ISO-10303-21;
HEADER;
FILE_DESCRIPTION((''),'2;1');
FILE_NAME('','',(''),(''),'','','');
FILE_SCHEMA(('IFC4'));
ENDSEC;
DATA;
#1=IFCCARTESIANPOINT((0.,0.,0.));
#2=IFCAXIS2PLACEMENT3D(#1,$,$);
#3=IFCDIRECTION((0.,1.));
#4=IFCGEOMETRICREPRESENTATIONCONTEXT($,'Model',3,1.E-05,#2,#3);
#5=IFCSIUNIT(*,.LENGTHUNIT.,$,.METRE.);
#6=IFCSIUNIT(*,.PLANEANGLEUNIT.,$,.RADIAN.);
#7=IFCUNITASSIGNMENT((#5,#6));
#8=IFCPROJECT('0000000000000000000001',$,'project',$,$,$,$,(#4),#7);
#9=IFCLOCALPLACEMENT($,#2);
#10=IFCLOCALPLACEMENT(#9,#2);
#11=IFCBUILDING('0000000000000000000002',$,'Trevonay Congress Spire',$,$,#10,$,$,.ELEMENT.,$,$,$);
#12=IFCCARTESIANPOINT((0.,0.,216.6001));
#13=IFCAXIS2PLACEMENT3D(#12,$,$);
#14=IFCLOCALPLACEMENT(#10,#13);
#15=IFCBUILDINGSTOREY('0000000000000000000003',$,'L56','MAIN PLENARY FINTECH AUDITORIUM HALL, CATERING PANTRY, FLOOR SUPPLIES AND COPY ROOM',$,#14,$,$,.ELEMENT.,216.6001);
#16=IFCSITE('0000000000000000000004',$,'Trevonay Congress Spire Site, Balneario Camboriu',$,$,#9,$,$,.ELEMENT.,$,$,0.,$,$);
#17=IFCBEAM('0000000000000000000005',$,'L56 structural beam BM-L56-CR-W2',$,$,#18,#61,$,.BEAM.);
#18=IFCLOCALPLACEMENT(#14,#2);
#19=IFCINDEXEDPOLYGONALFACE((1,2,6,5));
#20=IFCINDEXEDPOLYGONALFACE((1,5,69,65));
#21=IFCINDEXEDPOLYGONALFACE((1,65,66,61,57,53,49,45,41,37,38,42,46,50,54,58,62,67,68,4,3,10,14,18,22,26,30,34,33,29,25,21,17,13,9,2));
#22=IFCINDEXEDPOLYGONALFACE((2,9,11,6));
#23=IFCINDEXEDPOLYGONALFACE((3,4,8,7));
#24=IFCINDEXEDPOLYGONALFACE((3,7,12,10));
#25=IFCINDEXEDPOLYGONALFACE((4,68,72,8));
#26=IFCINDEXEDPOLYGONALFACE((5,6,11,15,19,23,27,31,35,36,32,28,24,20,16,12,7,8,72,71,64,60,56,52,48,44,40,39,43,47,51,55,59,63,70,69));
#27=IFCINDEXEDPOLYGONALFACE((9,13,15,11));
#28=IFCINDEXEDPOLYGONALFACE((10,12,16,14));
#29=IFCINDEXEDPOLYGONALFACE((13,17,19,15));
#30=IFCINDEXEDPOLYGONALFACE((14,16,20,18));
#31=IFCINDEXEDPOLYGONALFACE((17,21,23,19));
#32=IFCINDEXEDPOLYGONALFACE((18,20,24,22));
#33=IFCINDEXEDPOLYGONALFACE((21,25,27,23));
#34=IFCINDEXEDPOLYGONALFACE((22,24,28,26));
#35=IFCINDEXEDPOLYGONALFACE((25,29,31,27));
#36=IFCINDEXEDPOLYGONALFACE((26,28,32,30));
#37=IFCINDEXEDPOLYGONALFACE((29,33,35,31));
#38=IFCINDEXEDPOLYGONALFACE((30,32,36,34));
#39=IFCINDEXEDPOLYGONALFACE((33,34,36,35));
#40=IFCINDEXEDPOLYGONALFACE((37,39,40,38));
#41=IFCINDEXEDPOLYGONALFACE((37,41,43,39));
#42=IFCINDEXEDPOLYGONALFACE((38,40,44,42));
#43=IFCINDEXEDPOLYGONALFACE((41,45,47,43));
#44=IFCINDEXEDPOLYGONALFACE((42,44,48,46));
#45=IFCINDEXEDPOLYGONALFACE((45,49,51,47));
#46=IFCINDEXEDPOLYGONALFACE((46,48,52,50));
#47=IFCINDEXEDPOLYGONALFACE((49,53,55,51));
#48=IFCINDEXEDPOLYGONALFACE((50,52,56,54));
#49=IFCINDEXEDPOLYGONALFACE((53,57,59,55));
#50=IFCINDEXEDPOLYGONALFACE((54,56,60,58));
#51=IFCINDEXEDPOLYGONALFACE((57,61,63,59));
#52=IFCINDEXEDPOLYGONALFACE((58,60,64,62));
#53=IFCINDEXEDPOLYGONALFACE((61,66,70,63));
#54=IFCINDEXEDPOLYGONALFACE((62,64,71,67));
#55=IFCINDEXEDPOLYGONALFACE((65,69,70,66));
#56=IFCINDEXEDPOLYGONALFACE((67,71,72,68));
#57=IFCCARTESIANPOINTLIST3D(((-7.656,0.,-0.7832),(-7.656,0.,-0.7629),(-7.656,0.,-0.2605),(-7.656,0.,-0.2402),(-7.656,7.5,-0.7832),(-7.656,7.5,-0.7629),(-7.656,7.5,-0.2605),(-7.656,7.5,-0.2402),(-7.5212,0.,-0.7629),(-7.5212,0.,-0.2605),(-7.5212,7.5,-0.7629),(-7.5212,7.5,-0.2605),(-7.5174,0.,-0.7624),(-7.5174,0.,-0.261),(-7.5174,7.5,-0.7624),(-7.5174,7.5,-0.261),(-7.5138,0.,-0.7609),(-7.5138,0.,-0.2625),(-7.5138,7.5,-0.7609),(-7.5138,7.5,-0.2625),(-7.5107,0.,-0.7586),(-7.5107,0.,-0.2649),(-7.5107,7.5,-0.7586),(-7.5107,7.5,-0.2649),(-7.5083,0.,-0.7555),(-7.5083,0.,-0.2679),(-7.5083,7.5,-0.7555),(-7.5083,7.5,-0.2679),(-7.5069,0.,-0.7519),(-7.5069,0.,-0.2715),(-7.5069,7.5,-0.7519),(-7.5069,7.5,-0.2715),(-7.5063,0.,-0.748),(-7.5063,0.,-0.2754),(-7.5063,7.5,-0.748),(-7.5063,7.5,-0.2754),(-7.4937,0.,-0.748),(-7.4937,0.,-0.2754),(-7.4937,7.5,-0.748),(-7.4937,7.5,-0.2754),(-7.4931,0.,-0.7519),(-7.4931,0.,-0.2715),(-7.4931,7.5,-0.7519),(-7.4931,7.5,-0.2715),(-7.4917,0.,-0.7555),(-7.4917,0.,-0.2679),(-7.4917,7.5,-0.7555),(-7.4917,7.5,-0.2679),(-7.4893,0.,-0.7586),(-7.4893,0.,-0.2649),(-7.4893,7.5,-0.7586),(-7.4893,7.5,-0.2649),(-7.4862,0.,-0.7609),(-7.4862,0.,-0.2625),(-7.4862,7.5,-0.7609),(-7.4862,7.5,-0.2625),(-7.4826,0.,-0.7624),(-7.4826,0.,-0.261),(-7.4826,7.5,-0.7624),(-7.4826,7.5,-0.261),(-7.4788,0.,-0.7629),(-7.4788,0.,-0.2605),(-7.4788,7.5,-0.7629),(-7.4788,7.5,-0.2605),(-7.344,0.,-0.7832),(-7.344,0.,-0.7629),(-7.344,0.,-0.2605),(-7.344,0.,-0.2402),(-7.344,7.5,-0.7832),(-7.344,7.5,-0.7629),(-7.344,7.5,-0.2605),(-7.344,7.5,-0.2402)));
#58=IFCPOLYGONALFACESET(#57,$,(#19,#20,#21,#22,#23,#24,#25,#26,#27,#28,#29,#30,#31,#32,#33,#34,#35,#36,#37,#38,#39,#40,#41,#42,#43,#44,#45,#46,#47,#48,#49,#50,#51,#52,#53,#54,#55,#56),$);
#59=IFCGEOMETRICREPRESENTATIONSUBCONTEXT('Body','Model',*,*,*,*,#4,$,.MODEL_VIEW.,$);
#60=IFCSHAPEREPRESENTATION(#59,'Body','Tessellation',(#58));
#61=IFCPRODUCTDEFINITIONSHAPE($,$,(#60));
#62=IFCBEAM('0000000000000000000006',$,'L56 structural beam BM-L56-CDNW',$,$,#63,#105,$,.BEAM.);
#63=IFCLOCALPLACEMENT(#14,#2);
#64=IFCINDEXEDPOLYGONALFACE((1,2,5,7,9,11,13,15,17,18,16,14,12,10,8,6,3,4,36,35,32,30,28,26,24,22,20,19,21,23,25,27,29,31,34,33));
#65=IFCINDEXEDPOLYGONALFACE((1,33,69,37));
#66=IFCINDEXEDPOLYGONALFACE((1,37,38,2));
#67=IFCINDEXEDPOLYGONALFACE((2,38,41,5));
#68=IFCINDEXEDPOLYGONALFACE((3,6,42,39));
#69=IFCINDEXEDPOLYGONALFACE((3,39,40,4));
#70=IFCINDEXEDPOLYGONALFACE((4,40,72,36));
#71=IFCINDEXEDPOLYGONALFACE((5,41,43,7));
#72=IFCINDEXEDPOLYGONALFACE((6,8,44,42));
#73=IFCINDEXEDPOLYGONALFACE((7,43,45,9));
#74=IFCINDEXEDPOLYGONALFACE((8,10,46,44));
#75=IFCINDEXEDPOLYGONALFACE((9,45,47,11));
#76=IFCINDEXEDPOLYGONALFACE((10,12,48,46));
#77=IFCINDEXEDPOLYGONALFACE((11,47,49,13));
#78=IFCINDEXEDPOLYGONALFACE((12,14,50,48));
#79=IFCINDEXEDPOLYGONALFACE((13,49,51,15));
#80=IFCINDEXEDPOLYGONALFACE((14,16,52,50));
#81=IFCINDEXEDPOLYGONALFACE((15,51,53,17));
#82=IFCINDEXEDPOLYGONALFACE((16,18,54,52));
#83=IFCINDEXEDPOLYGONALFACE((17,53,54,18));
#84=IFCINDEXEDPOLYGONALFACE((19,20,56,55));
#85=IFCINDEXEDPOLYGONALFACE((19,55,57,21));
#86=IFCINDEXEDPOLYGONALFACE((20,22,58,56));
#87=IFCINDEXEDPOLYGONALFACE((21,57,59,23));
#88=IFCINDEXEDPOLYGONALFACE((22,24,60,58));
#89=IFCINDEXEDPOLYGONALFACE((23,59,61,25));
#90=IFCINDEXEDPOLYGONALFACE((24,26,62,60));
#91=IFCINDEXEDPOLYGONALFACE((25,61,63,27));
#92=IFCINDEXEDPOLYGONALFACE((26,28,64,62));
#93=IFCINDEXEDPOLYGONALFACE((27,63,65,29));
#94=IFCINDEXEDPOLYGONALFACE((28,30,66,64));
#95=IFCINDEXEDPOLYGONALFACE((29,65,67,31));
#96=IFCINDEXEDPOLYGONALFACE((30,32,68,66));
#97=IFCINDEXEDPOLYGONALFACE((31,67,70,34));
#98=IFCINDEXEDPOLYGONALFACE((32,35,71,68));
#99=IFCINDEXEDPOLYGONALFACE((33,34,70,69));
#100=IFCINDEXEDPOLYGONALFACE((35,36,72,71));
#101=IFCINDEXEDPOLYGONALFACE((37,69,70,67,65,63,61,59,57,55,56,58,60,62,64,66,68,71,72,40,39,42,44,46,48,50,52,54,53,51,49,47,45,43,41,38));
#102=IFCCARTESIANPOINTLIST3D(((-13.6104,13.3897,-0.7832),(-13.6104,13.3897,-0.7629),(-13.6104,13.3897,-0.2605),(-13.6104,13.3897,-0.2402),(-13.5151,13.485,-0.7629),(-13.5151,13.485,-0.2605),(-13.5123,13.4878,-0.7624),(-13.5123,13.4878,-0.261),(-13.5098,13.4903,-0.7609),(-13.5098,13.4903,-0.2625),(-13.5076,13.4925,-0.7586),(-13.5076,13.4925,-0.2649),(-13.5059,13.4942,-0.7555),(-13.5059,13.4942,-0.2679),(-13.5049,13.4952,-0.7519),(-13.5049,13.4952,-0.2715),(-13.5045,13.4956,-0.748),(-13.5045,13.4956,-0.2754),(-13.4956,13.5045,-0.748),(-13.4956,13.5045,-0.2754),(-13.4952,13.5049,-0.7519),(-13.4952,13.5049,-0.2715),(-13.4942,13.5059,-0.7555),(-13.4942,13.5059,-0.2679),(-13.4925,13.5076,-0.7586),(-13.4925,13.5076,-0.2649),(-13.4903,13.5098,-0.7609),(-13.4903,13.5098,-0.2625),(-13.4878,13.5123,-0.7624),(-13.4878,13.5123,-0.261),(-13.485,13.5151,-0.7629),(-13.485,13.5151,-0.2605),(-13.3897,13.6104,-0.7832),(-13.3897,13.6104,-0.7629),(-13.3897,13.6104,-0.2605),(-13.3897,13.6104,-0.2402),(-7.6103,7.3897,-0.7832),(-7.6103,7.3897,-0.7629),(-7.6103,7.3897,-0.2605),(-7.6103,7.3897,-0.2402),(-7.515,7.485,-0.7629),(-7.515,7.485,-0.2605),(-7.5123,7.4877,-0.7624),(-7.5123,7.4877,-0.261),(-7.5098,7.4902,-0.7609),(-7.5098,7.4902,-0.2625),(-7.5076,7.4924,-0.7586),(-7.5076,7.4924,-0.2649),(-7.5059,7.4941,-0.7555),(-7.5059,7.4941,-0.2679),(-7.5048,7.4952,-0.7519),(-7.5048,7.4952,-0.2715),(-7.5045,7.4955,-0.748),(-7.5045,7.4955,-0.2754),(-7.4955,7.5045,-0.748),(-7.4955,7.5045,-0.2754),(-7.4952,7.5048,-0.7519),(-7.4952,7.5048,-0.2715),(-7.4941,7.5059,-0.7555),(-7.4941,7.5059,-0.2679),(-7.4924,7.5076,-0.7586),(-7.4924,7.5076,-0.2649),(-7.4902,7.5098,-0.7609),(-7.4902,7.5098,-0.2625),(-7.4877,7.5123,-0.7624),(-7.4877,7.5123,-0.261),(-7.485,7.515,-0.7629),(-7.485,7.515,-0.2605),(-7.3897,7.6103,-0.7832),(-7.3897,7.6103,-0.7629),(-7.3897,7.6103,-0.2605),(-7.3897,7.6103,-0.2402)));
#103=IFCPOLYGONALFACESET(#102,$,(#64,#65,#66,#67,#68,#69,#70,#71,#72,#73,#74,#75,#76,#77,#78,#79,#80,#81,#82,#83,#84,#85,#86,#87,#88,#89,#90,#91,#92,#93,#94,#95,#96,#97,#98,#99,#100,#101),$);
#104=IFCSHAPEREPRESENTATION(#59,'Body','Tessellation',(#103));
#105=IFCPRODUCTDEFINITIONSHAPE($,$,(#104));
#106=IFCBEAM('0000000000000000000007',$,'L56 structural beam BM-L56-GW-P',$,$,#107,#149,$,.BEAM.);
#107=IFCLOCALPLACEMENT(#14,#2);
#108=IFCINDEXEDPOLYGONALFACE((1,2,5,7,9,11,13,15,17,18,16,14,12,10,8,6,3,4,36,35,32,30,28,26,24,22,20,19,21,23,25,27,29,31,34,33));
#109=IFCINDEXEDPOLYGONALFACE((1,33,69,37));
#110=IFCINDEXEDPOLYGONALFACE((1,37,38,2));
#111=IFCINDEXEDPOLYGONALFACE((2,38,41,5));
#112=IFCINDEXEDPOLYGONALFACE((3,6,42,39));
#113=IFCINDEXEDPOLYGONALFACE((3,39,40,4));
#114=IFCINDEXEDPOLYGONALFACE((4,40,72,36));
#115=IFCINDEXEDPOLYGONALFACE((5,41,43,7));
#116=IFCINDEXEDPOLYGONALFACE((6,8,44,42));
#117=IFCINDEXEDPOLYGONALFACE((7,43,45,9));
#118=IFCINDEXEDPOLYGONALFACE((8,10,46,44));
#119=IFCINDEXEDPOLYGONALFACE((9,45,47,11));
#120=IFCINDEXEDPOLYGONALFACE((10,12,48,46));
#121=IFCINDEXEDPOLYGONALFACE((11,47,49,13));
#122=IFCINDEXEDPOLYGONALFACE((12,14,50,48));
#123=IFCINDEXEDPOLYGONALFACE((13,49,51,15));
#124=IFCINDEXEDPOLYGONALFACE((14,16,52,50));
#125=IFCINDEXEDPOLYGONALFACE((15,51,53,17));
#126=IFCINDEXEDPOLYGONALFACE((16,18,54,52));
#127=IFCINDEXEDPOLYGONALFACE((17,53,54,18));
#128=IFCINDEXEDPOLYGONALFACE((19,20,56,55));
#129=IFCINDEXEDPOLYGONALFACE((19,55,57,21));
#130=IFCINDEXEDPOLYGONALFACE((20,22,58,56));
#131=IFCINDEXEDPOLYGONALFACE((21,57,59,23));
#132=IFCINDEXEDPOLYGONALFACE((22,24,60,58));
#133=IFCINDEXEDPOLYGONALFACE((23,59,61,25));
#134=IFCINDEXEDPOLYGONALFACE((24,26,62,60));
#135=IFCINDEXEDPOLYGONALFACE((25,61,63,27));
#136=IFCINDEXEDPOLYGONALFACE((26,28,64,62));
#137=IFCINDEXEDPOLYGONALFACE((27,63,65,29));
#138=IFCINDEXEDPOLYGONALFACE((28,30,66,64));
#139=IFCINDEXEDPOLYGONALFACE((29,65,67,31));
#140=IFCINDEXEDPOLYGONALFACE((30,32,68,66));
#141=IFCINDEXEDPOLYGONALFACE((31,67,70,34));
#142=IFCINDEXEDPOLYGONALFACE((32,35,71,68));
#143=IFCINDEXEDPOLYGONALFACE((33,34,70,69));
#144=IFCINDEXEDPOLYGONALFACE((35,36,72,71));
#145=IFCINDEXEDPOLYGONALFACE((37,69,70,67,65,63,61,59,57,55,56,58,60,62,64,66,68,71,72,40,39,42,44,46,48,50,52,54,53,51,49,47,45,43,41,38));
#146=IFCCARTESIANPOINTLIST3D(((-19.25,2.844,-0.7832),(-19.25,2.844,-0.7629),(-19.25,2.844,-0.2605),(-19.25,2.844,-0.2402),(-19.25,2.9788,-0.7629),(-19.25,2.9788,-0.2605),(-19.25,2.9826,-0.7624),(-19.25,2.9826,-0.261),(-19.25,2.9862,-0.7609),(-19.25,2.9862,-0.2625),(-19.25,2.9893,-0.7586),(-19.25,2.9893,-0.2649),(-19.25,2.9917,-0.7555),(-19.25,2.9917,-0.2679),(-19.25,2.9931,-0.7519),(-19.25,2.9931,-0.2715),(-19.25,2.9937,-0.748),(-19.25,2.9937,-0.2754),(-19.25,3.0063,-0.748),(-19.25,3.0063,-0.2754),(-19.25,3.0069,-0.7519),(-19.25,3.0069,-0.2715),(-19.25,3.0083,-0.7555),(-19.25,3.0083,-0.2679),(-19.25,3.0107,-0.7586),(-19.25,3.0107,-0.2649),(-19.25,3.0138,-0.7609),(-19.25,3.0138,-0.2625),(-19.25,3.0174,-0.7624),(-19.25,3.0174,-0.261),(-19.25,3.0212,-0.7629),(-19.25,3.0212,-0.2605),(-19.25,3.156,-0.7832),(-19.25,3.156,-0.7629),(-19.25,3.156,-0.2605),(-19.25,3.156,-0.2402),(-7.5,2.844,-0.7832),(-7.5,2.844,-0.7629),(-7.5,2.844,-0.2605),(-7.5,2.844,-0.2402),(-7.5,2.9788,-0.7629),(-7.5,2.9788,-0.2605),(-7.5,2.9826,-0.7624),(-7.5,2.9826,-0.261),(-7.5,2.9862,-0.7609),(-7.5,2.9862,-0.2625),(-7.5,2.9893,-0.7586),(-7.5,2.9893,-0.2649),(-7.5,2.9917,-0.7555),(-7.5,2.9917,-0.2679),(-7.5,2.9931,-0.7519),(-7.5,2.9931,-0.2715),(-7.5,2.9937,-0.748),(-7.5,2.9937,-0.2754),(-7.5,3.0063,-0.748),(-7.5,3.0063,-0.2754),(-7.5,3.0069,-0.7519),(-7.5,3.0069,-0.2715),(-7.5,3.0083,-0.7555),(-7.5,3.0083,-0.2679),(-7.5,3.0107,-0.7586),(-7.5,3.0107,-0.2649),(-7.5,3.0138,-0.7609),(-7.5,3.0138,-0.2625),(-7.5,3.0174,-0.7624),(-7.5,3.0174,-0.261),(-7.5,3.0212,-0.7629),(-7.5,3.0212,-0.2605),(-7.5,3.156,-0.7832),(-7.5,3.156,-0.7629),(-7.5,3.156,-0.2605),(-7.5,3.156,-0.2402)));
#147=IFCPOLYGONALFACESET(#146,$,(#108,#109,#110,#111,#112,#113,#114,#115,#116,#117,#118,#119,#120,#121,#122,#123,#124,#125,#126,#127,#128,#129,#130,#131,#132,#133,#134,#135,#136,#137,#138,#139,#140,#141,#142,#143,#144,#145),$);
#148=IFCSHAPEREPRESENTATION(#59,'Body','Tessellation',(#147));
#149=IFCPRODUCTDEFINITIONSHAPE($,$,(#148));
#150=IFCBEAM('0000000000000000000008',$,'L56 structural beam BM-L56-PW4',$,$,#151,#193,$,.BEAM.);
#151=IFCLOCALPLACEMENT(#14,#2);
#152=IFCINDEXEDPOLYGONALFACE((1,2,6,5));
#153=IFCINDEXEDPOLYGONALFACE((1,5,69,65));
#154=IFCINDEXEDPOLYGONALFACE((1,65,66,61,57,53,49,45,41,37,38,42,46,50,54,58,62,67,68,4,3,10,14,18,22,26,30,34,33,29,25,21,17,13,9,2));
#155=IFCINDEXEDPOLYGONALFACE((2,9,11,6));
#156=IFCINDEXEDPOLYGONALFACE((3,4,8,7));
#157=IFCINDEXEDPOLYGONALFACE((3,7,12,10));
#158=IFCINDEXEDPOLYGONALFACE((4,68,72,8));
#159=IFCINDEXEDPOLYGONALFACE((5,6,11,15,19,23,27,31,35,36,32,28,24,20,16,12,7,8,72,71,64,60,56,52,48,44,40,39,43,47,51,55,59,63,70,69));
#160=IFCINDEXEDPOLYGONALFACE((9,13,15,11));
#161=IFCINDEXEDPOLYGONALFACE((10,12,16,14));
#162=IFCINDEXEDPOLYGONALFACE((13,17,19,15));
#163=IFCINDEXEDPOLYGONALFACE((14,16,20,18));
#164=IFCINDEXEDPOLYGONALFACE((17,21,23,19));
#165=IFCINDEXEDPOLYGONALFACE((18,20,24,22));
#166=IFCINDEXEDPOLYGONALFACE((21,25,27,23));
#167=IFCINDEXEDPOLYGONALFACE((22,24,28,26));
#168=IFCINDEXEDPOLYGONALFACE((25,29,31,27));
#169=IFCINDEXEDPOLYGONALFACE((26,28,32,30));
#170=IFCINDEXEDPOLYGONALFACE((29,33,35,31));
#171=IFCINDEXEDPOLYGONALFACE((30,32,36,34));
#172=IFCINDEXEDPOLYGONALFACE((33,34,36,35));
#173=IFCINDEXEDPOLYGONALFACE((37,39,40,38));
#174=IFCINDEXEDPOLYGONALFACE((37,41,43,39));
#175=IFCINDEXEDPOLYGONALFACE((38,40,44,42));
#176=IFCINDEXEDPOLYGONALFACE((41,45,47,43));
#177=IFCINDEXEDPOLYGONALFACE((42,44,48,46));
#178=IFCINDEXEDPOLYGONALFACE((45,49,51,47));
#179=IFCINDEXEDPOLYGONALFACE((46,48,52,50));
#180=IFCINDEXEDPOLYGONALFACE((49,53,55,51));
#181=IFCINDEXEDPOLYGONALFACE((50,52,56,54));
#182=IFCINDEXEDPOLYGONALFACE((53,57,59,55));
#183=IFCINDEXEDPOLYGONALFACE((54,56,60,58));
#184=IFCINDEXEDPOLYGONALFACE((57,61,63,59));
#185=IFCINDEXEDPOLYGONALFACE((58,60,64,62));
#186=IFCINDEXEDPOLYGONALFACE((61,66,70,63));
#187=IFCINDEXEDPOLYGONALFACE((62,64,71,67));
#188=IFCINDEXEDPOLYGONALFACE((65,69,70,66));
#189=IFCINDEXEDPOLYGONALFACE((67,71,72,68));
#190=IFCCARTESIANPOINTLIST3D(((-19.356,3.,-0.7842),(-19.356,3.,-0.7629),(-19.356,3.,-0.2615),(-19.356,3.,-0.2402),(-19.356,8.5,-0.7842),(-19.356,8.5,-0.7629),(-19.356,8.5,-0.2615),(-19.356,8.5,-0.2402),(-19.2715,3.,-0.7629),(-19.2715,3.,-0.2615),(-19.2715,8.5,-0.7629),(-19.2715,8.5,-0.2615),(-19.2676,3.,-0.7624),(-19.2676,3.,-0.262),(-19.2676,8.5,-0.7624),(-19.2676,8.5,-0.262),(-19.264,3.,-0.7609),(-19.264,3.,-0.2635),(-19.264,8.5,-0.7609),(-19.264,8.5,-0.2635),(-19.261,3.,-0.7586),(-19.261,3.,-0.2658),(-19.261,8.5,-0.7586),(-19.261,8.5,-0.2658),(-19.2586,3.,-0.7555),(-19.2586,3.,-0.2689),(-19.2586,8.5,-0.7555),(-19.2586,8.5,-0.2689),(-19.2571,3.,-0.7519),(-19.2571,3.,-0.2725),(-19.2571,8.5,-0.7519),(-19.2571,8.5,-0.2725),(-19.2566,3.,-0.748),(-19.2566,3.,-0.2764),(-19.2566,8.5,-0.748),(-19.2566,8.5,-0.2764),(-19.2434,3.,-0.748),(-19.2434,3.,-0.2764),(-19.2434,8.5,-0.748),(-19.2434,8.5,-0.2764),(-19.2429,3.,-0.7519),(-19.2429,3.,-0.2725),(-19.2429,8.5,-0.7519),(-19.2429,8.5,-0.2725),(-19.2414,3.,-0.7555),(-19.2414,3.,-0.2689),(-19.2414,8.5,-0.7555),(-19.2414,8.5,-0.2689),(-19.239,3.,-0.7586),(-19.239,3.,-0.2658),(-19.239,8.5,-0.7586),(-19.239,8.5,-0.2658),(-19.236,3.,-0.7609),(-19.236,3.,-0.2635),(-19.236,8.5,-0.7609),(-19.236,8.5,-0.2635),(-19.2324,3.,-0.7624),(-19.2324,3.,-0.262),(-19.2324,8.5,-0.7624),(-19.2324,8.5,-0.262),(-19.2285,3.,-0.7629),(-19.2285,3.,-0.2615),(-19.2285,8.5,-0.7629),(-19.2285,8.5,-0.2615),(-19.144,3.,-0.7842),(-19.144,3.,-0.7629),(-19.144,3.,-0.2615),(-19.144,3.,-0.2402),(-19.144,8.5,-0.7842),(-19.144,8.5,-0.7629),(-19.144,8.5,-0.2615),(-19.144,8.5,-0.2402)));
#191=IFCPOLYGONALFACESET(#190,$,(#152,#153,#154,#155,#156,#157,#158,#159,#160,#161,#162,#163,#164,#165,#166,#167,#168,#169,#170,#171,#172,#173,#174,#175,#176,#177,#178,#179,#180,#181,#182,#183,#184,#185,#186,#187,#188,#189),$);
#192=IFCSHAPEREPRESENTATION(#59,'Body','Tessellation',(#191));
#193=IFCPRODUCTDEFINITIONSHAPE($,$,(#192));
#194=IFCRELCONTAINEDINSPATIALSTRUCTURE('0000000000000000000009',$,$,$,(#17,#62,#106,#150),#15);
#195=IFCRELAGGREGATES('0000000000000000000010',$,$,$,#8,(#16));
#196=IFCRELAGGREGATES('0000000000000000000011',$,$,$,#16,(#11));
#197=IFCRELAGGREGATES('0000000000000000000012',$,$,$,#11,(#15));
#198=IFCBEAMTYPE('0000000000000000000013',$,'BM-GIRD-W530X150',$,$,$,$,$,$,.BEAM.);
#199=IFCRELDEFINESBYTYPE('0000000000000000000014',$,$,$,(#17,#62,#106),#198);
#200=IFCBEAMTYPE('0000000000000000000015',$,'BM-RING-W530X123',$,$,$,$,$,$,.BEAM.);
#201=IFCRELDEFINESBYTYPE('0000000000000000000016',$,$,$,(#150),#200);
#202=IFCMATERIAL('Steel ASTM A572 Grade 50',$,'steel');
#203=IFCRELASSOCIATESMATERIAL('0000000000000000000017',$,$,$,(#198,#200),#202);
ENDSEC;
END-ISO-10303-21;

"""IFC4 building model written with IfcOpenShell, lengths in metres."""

from ifc_helpers import new_model, si_unit, direction, frame, origin, origin_2d, place, context, subcontext, project, spatial, i_section, extrude, material, material_profile, profile_set, type_object, element, save


model = new_model("IFC4")

# Units and contexts
model_context = context("Model", 3, precision=1e-05, world=origin(), true_north=direction((0.0, 1.0)))
body_context = subcontext(model_context, "Body", "Model", "MODEL_VIEW")
ifc_project = project(units=[si_unit("LENGTHUNIT", "METRE"), si_unit("PLANEANGLEUNIT", "RADIAN")], contexts=[model_context])

# Site, building, storey
site_placement = place(None, origin())
site = spatial("IfcSite", under=ifc_project, at=site_placement, Name="Trevonay Congress Spire Site, Balneario Camboriu", CompositionType="ELEMENT", RefElevation=0.0)
building_placement = place(site_placement, origin())
building = spatial("IfcBuilding", under=site, at=building_placement, Name="Trevonay Congress Spire", CompositionType="ELEMENT")
storey_placement = place(building_placement, frame((0.0, 0.0, 216.6001)))
storey = spatial("IfcBuildingStorey", under=building, at=storey_placement, Name="L56", Description="MAIN PLENARY FINTECH AUDITORIUM HALL, CATERING PANTRY, FLOOR SUPPLIES AND COPY ROOM", CompositionType="ELEMENT", Elevation=216.6001)

# Shared definitions
ifc_material_1 = material(Name="Steel ASTM A572 Grade 50", Category="steel")

# Beams
ifc_material_profile_1 = material_profile(ifc_material_1, i_section(OverallWidth=0.312, OverallDepth=0.543, WebThickness=0.0127, FlangeThickness=0.0203, FilletRadius=0.0149, at=origin_2d()), Name="W530x150")
ifc_profile_set_1 = profile_set([ifc_material_profile_1], Name="Steel ASTM A572 Grade 50")
beam_type_1 = type_object("IfcBeamType", Name="BM-GIRD-W530X150", PredefinedType="BEAM", material=ifc_profile_set_1)
beam_1_placement = place(storey_placement, frame((-7.5, 0.0, -0.5117), z_axis=(0.0, 1.0, 0.0), x_axis=(-1.0, 0.0, 0.0)))
element("IfcBeam", 1, at=beam_1_placement, inside=storey, type_object=beam_type_1, Name="L56 structural beam BM-L56-CR-W2", PredefinedType="BEAM", context=body_context, shape_type="SweptSolid", body=[
    extrude(i_section(OverallWidth=0.312, OverallDepth=0.543, WebThickness=0.0127, FlangeThickness=0.0203, FilletRadius=0.0149, at=origin_2d()), origin(), (0.0, 0.0, 1.0), 7.5),
])
beam_2_placement = place(storey_placement, frame((-7.5, 7.5, -0.5117), z_axis=(-0.707107, 0.707107, 0.0), x_axis=(-0.707107, -0.707107, 0.0)))
element("IfcBeam", 2, at=beam_2_placement, inside=storey, type_object=beam_type_1, Name="L56 structural beam BM-L56-CDNW", PredefinedType="BEAM", context=body_context, shape_type="SweptSolid", body=[
    extrude(i_section(OverallWidth=0.312, OverallDepth=0.543, WebThickness=0.0127, FlangeThickness=0.0203, FilletRadius=0.0149, at=origin_2d()), origin(), (0.0, 0.0, 1.0), 8.4854),
])
beam_3_placement = place(storey_placement, frame((-7.5, 3.0, -0.5117), z_axis=(-1.0, 0.0, 0.0), x_axis=(0.0, -1.0, 0.0)))
element("IfcBeam", 3, at=beam_3_placement, inside=storey, type_object=beam_type_1, Name="L56 structural beam BM-L56-GW-P", PredefinedType="BEAM", context=body_context, shape_type="SweptSolid", body=[
    extrude(i_section(OverallWidth=0.312, OverallDepth=0.543, WebThickness=0.0127, FlangeThickness=0.0203, FilletRadius=0.0149, at=origin_2d()), origin(), (0.0, 0.0, 1.0), 11.75),
])
ifc_material_profile_2 = material_profile(ifc_material_1, i_section(OverallWidth=0.2119, OverallDepth=0.5439, WebThickness=0.0132, FlangeThickness=0.0212, FilletRadius=0.0149, at=origin_2d()), Name="W530x123")
ifc_profile_set_2 = profile_set([ifc_material_profile_2], Name="Steel ASTM A572 Grade 50")
beam_type_2 = type_object("IfcBeamType", Name="BM-RING-W530X123", PredefinedType="BEAM", material=ifc_profile_set_2)
beam_4_placement = place(storey_placement, frame((-19.25, 3.0, -0.5122), z_axis=(0.0, 1.0, 0.0), x_axis=(-1.0, 0.0, 0.0)))
element("IfcBeam", 4, at=beam_4_placement, inside=storey, type_object=beam_type_2, Name="L56 structural beam BM-L56-PW4", PredefinedType="BEAM", context=body_context, shape_type="SweptSolid", body=[
    extrude(i_section(OverallWidth=0.2119, OverallDepth=0.5439, WebThickness=0.0132, FlangeThickness=0.0212, FilletRadius=0.0149, at=origin_2d()), origin(), (0.0, 0.0, 1.0), 5.5),
])

save(model, "model.ifc")
